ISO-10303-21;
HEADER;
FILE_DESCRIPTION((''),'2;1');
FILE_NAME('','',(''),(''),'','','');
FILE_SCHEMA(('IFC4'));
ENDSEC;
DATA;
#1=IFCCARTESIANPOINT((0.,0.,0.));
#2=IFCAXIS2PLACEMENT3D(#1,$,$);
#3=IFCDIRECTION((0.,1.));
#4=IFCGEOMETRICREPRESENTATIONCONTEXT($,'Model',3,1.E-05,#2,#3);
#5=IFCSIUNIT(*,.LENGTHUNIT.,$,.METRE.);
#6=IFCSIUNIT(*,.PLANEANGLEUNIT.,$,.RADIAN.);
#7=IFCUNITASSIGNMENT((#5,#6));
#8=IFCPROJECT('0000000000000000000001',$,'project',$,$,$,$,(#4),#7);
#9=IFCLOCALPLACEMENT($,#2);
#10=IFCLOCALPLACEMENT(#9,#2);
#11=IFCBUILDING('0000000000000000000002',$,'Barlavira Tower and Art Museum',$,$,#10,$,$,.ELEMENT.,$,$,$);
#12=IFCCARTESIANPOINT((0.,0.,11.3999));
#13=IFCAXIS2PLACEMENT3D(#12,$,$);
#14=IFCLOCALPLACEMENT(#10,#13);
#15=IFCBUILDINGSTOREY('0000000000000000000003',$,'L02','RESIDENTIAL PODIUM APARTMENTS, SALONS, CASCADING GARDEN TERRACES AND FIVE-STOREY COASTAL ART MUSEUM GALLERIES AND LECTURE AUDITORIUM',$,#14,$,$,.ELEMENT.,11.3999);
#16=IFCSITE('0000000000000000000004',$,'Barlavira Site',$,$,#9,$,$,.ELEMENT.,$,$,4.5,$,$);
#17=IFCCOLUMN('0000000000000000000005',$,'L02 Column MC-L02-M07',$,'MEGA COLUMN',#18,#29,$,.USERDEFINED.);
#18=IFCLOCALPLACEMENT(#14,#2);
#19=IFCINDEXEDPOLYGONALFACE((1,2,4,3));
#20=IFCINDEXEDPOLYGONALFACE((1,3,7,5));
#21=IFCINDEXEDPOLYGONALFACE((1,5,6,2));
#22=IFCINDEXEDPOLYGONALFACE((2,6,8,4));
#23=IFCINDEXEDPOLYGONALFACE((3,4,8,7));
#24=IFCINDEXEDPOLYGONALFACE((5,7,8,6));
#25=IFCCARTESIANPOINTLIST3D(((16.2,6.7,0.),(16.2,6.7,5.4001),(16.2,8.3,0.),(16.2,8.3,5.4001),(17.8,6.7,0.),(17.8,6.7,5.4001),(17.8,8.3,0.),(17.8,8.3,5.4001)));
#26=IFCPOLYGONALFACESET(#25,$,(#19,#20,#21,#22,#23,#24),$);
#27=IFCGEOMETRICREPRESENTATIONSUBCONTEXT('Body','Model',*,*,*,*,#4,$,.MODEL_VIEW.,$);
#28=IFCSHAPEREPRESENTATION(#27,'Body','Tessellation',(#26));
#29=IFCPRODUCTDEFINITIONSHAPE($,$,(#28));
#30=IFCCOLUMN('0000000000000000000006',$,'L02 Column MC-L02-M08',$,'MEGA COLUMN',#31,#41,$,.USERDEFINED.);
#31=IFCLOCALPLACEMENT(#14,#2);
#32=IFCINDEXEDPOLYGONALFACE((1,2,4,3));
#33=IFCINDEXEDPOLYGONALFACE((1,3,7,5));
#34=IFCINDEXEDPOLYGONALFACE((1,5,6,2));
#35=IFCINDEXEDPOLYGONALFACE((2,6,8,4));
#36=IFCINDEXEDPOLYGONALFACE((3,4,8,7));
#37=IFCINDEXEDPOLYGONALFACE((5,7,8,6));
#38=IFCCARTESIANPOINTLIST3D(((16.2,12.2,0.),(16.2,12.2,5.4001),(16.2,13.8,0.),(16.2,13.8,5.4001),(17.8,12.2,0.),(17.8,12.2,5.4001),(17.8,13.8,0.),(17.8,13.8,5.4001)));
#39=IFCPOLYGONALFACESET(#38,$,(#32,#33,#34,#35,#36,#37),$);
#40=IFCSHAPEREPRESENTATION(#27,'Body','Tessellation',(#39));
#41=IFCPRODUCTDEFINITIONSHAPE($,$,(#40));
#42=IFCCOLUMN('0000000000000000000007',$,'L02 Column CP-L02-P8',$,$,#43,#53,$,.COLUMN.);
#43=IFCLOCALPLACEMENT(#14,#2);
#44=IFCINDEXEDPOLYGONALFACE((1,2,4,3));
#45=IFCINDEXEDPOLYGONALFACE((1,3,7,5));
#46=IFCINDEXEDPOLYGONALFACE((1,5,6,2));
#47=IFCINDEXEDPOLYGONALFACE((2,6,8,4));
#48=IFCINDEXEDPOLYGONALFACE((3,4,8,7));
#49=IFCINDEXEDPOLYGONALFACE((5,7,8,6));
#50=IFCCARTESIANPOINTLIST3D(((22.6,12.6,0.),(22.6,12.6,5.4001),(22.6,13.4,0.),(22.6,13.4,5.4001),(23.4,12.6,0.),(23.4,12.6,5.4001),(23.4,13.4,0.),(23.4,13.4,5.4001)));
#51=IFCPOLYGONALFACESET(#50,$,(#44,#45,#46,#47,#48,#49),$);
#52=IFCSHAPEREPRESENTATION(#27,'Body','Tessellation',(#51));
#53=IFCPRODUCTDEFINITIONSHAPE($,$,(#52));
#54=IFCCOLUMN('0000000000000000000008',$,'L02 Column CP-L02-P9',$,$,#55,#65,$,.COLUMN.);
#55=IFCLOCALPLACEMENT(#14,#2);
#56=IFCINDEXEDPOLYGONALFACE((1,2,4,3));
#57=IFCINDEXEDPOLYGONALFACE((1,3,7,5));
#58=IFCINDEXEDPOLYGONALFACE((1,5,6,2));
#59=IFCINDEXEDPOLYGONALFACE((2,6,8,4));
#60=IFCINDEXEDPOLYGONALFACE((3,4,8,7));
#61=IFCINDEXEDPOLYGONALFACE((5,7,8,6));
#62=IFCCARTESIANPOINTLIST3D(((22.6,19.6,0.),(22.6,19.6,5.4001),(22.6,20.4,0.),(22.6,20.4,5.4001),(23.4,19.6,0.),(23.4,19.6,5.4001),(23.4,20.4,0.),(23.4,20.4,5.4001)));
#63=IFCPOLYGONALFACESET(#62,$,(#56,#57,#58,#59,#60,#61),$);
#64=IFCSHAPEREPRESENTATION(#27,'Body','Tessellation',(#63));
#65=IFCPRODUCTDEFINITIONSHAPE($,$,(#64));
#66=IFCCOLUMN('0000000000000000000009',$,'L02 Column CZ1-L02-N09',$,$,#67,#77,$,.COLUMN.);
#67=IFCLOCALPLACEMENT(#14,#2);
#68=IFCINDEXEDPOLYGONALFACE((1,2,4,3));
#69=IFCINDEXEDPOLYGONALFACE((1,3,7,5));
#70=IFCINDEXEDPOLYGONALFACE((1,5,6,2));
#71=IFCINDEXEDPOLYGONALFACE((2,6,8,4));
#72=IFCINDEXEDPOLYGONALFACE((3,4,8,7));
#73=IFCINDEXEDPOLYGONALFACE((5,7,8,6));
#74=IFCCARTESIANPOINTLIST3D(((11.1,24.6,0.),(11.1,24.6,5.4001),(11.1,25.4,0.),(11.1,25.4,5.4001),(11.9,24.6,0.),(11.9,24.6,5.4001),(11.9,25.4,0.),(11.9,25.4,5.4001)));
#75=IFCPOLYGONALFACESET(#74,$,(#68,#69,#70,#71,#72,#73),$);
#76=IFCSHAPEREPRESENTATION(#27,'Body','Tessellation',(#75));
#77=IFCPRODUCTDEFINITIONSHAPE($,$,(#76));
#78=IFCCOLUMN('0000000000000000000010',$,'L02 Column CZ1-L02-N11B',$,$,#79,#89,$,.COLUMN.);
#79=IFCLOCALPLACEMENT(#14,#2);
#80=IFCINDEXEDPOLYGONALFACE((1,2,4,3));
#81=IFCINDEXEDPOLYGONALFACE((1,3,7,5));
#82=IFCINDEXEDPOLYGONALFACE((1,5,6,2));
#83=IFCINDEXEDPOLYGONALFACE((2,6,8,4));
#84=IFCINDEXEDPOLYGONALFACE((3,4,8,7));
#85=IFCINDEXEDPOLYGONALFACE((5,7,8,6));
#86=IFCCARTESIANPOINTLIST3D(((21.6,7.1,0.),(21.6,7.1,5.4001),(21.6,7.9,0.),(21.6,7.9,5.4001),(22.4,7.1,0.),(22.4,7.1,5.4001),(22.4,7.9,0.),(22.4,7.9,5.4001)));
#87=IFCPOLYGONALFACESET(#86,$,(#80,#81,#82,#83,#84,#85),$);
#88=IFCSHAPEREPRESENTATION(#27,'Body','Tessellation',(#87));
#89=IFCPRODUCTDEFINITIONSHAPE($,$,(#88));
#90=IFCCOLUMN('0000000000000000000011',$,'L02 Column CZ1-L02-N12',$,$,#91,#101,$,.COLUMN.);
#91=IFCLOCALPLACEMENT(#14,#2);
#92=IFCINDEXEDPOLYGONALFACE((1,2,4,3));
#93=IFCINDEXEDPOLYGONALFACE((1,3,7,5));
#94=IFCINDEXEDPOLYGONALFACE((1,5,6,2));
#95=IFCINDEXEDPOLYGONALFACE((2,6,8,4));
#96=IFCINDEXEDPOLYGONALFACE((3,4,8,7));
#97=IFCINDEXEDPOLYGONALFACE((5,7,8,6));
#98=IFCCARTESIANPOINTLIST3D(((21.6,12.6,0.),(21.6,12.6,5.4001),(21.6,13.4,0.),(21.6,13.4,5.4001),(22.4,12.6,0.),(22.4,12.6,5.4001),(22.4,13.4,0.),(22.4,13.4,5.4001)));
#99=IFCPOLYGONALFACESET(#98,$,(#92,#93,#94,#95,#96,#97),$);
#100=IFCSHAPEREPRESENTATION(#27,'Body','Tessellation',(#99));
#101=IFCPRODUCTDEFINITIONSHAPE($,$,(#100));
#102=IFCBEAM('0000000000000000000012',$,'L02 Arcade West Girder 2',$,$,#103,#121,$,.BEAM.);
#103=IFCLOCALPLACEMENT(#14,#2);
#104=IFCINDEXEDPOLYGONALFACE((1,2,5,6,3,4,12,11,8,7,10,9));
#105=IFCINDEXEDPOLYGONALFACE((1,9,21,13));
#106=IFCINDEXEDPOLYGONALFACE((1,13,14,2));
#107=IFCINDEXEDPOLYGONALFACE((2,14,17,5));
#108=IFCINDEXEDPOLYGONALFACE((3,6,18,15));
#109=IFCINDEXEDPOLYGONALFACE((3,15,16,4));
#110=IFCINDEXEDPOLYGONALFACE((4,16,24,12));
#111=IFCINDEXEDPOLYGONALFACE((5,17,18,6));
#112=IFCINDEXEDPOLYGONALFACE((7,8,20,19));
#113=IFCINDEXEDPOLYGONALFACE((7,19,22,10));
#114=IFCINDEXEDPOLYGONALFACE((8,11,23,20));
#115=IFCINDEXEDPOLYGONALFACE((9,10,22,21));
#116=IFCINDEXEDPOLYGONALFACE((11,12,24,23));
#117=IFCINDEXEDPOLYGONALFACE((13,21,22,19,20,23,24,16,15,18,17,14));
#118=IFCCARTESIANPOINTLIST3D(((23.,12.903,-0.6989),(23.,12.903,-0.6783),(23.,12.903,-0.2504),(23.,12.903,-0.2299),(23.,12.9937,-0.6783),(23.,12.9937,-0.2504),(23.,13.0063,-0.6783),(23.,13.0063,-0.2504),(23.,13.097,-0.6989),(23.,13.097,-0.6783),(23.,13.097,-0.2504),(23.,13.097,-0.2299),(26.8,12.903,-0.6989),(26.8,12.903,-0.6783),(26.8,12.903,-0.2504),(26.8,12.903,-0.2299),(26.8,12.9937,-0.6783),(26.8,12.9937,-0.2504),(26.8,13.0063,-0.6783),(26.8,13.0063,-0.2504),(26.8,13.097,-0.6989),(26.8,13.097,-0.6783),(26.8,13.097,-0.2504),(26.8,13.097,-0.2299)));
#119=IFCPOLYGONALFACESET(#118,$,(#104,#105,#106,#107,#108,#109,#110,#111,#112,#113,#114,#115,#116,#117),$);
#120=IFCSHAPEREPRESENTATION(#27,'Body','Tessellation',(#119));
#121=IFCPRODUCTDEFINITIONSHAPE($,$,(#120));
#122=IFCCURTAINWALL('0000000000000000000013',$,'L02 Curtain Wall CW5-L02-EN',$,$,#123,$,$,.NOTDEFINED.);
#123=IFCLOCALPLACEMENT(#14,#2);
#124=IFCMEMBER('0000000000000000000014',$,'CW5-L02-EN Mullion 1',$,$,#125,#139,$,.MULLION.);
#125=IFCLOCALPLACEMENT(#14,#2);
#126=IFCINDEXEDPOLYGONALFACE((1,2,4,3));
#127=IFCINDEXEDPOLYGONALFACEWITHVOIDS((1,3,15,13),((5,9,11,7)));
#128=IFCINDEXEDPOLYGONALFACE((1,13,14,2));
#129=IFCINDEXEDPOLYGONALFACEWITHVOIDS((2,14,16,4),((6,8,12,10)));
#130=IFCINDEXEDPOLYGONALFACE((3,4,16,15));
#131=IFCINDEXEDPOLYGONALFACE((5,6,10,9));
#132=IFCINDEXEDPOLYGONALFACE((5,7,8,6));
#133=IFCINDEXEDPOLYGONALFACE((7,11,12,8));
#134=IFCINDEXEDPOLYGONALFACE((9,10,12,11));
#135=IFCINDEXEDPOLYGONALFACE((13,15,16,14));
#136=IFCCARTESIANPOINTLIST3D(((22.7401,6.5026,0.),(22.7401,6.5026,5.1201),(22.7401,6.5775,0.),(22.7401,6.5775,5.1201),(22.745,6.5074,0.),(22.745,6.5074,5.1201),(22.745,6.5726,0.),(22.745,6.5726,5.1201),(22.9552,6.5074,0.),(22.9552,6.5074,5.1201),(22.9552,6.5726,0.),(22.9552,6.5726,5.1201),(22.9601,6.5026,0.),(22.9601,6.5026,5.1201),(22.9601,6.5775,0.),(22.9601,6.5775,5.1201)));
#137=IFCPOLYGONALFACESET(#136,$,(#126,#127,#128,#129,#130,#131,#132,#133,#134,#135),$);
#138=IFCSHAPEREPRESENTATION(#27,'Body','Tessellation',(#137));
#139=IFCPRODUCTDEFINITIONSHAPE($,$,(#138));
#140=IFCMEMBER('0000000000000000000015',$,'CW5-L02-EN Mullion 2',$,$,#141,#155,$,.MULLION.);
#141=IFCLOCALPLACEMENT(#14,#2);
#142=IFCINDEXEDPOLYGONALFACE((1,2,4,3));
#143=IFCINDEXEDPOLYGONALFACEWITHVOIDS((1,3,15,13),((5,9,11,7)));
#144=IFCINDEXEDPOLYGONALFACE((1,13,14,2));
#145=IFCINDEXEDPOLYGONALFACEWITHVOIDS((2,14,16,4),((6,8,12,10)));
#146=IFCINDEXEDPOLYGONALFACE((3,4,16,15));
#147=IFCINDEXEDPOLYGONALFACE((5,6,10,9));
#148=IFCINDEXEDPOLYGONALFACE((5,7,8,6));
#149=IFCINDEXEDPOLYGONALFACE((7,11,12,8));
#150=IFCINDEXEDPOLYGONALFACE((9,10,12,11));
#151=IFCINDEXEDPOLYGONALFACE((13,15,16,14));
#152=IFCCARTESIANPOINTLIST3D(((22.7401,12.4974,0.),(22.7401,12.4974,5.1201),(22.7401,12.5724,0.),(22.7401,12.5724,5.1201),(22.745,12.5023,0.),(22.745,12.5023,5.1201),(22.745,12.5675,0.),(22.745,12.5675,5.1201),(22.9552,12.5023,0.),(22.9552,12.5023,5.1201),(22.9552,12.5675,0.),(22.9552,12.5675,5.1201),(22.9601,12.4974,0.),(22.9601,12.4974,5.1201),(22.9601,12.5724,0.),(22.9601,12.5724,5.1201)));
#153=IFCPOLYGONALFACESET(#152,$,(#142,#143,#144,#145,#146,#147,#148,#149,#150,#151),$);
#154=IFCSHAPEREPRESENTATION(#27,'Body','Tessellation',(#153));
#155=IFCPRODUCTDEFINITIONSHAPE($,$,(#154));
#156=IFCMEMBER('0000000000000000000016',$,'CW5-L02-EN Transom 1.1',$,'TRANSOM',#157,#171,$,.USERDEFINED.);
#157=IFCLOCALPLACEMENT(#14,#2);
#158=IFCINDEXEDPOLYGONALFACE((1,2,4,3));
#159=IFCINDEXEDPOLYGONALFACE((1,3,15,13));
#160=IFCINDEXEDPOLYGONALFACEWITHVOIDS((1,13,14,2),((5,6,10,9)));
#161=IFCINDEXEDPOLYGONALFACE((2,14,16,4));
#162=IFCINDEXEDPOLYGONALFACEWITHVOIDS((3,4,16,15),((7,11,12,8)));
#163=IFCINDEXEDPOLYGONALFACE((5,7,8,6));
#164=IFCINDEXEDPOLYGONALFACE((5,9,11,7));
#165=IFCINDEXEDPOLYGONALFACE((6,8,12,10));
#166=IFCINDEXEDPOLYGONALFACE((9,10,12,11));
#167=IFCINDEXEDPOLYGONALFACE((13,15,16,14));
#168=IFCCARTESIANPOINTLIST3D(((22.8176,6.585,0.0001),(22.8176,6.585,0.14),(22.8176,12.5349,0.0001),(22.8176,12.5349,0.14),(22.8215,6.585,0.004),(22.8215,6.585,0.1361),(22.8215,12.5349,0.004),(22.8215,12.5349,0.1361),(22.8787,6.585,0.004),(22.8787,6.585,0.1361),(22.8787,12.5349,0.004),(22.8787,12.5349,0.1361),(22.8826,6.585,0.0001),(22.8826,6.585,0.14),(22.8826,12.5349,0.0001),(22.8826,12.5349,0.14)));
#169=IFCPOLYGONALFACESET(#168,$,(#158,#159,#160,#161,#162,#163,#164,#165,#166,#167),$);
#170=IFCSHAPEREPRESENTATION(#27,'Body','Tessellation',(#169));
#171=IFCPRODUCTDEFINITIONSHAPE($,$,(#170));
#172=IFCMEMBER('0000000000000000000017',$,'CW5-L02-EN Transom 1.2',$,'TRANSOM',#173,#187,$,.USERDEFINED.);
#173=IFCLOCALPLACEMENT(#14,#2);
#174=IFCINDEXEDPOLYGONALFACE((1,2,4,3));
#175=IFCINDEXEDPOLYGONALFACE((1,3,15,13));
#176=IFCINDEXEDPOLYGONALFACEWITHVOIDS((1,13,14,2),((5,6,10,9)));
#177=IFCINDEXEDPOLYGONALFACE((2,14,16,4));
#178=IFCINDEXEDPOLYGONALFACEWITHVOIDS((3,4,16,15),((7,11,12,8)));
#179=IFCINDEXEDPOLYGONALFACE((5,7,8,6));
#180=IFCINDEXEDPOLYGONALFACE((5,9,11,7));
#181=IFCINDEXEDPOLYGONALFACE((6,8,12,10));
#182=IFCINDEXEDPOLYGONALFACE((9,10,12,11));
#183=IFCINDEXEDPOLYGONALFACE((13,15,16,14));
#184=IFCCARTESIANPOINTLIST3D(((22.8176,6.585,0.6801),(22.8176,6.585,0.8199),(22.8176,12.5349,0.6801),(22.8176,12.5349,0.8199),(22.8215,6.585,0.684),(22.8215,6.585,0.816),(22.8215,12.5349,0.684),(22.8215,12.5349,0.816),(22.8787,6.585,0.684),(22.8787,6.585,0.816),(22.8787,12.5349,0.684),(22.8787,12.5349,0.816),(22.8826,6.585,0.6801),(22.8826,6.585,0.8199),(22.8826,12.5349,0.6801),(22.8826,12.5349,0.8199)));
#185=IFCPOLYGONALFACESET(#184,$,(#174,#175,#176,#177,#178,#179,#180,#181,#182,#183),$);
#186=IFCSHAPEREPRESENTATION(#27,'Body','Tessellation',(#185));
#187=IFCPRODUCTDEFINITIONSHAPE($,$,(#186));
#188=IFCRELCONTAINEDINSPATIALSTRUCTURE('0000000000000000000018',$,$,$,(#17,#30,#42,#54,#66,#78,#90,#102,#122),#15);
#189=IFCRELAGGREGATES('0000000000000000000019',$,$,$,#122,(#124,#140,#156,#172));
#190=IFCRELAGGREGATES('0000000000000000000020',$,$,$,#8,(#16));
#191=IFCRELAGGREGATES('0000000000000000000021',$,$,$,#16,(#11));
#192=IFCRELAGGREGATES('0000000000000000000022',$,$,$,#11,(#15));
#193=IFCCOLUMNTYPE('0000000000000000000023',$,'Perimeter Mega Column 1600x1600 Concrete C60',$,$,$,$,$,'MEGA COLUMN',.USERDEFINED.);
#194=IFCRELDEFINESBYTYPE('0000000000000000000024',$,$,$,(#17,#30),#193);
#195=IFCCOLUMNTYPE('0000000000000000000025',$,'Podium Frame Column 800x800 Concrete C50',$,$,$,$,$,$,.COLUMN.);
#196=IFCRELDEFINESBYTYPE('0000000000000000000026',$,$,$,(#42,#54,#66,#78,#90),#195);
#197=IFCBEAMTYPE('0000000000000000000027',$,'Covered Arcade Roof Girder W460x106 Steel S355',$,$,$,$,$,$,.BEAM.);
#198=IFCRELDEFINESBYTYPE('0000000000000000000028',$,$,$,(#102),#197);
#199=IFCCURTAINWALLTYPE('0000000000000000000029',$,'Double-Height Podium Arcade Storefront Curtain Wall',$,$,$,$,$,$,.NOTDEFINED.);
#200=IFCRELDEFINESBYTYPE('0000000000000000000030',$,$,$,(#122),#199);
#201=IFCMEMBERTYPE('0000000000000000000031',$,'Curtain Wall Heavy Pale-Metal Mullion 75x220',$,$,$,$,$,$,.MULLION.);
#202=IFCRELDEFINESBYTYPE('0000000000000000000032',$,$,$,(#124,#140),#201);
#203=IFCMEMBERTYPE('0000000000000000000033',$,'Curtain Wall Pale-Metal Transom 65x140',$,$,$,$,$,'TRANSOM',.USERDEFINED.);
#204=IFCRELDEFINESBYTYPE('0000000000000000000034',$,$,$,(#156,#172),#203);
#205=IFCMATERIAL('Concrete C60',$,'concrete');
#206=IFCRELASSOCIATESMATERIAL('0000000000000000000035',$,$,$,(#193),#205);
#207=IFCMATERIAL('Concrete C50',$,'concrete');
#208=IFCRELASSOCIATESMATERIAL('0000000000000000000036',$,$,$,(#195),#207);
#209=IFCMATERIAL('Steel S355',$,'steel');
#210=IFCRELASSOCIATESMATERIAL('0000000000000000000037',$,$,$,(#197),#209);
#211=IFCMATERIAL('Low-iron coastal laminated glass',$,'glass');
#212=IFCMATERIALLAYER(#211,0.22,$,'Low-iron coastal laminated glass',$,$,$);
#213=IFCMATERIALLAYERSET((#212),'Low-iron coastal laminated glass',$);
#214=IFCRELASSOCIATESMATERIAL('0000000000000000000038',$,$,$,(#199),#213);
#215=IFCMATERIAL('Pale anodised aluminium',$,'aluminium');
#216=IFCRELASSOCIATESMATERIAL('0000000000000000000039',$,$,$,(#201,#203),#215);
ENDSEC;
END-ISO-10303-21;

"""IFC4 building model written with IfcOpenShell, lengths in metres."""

from ifc_helpers import new_model, si_unit, direction, frame, origin, origin_2d, place, context, subcontext, project, spatial, rectangle, hollow_rectangle, i_section, extrude, material, layer, layer_set, material_profile, profile_set, type_object, element, aggregate, save


model = new_model("IFC4")

# Units and contexts
model_context = context("Model", 3, precision=1e-05, world=origin(), true_north=direction((0.0, 1.0)))
body_context = subcontext(model_context, "Body", "Model", "MODEL_VIEW")
ifc_project = project(units=[si_unit("LENGTHUNIT", "METRE"), si_unit("PLANEANGLEUNIT", "RADIAN")], contexts=[model_context])

# Site, building, storey
site_placement = place(None, origin())
site = spatial("IfcSite", under=ifc_project, at=site_placement, Name="Barlavira Site", CompositionType="ELEMENT", RefElevation=4.5)
building_placement = place(site_placement, origin())
building = spatial("IfcBuilding", under=site, at=building_placement, Name="Barlavira Tower and Art Museum", CompositionType="ELEMENT")
storey_placement = place(building_placement, frame((0.0, 0.0, 11.3999)))
storey = spatial("IfcBuildingStorey", under=building, at=storey_placement, Name="L02", Description="RESIDENTIAL PODIUM APARTMENTS, SALONS, CASCADING GARDEN TERRACES AND FIVE-STOREY COASTAL ART MUSEUM GALLERIES AND LECTURE AUDITORIUM", CompositionType="ELEMENT", Elevation=11.3999)

# Columns
ifc_material_1 = material(Name="Concrete C60", Category="concrete")
ifc_material_profile_1 = material_profile(ifc_material_1, rectangle(XDim=1.6001, YDim=1.6001, at=origin_2d()), Name="RC-MCOL 1600x1600")
ifc_profile_set_1 = profile_set([ifc_material_profile_1], Name="Concrete C60")
column_type_1 = type_object("IfcColumnType", Name="Perimeter Mega Column 1600x1600 Concrete C60", ElementType="MEGA COLUMN", PredefinedType="USERDEFINED", material=ifc_profile_set_1)
for number, where, z_axis, x_axis, name in (
    (1, (17.0, 7.5, 0.0), (0.0, 0.0, 1.0), (1.0, 0.0, 0.0), "L02 Column MC-L02-M07"),
    (2, (17.0, 13.0, 0.0), (0.0, 0.0, 1.0), (1.0, 0.0, 0.0), "L02 Column MC-L02-M08"),
):
    element("IfcColumn", number, at=place(storey_placement, frame(where, z_axis=z_axis, x_axis=x_axis)), inside=storey, type_object=column_type_1, Name=name, ObjectType="MEGA COLUMN", PredefinedType="USERDEFINED", context=body_context, shape_type="SweptSolid", body=[
        extrude(rectangle(XDim=1.6001, YDim=1.6001, at=origin_2d()), origin(), (0.0, 0.0, 1.0), 5.4001),
    ])
ifc_material_2 = material(Name="Concrete C50", Category="concrete")
ifc_material_profile_2 = material_profile(ifc_material_2, rectangle(XDim=0.8, YDim=0.8, at=origin_2d()), Name="RC-COL 800x800")
ifc_profile_set_2 = profile_set([ifc_material_profile_2], Name="Concrete C50")
column_type_2 = type_object("IfcColumnType", Name="Podium Frame Column 800x800 Concrete C50", PredefinedType="COLUMN", material=ifc_profile_set_2)
for number, where, z_axis, x_axis, name in (
    (3, (23.0, 13.0, 0.0), (0.0, 0.0, 1.0), (1.0, 0.0, 0.0), "L02 Column CP-L02-P8"),
    (4, (23.0, 20.0, 0.0), (0.0, 0.0, 1.0), (1.0, 0.0, 0.0), "L02 Column CP-L02-P9"),
    (5, (11.5, 25.0, 0.0), (0.0, 0.0, 1.0), (1.0, 0.0, 0.0), "L02 Column CZ1-L02-N09"),
    (6, (22.0, 7.5, 0.0), (0.0, 0.0, 1.0), (1.0, 0.0, 0.0), "L02 Column CZ1-L02-N11B"),
    (7, (22.0, 13.0, 0.0), (0.0, 0.0, 1.0), (1.0, 0.0, 0.0), "L02 Column CZ1-L02-N12"),
):
    element("IfcColumn", number, at=place(storey_placement, frame(where, z_axis=z_axis, x_axis=x_axis)), inside=storey, type_object=column_type_2, Name=name, PredefinedType="COLUMN", context=body_context, shape_type="SweptSolid", body=[
        extrude(rectangle(XDim=0.8, YDim=0.8, at=origin_2d()), origin(), (0.0, 0.0, 1.0), 5.4001),
    ])

# Beam
ifc_material_3 = material(Name="Steel S355", Category="steel")
ifc_material_profile_3 = material_profile(ifc_material_3, i_section(OverallWidth=0.1941, OverallDepth=0.469, WebThickness=0.0127, FlangeThickness=0.0205, at=origin_2d()), Name="W460x106.0")
ifc_profile_set_3 = profile_set([ifc_material_profile_3], Name="Steel S355")
beam_type_1 = type_object("IfcBeamType", Name="Covered Arcade Roof Girder W460x106 Steel S355", PredefinedType="BEAM", material=ifc_profile_set_3)
beam_1_placement = place(storey_placement, frame((23.0, 13.0, -0.4644), z_axis=(1.0, 0.0, 0.0), x_axis=(0.0, 1.0, 0.0)))
element("IfcBeam", 8, at=beam_1_placement, inside=storey, type_object=beam_type_1, Name="L02 Arcade West Girder 2", PredefinedType="BEAM", context=body_context, shape_type="SweptSolid", body=[
    extrude(i_section(OverallWidth=0.1941, OverallDepth=0.469, WebThickness=0.0127, FlangeThickness=0.0205, at=origin_2d()), origin(), (0.0, 0.0, 1.0), 3.8),
])

# Curtain wall, members
ifc_material_4 = material(Name="Low-iron coastal laminated glass", Category="glass")
ifc_layer_1 = layer(ifc_material_4, 0.22, Name="Low-iron coastal laminated glass")
ifc_layer_set_1 = layer_set([ifc_layer_1], Name="Low-iron coastal laminated glass")
curtain_wall_type = type_object("IfcCurtainWallType", Name="Double-Height Podium Arcade Storefront Curtain Wall", PredefinedType="NOTDEFINED", material=ifc_layer_set_1)
curtain_wall_placement = place(storey_placement, origin())
curtain_wall = element("IfcCurtainWall", 9, at=curtain_wall_placement, inside=storey, type_object=curtain_wall_type, Name="L02 Curtain Wall CW5-L02-EN", PredefinedType="NOTDEFINED")
ifc_material_5 = material(Name="Pale anodised aluminium", Category="aluminium")
ifc_material_profile_4 = material_profile(ifc_material_5, hollow_rectangle(XDim=0.075, YDim=0.22, WallThickness=0.0049, at=origin_2d()), Name="ALU-MULL 75x220x5")
ifc_profile_set_4 = profile_set([ifc_material_profile_4], Name="Pale anodised aluminium")
member_type_1 = type_object("IfcMemberType", Name="Curtain Wall Heavy Pale-Metal Mullion 75x220", PredefinedType="MULLION", material=ifc_profile_set_4)
member_1_placement = place(storey_placement, frame((22.8501, 6.54, 0.0), z_axis=(0.0, 0.0, 1.0), x_axis=(0.0, 1.0, 0.0)))
member_1 = element("IfcMember", 10, at=member_1_placement, type_object=member_type_1, Name="CW5-L02-EN Mullion 1", PredefinedType="MULLION", context=body_context, shape_type="SweptSolid", body=[
    extrude(hollow_rectangle(XDim=0.075, YDim=0.22, WallThickness=0.0049, at=origin_2d()), origin(), (0.0, 0.0, 1.0), 5.1201),
])
member_2_placement = place(storey_placement, frame((22.8501, 12.5349, 0.0), z_axis=(0.0, 0.0, 1.0), x_axis=(0.0, 1.0, 0.0)))
member_2 = element("IfcMember", 11, at=member_2_placement, type_object=member_type_1, Name="CW5-L02-EN Mullion 2", PredefinedType="MULLION", context=body_context, shape_type="SweptSolid", body=[
    extrude(hollow_rectangle(XDim=0.075, YDim=0.22, WallThickness=0.0049, at=origin_2d()), origin(), (0.0, 0.0, 1.0), 5.1201),
])
ifc_material_profile_5 = material_profile(ifc_material_5, hollow_rectangle(XDim=0.0649, YDim=0.1399, WallThickness=0.0039, at=origin_2d()), Name="ALU-TRAN 65x140x4")
ifc_profile_set_5 = profile_set([ifc_material_profile_5], Name="Pale anodised aluminium")
member_type_2 = type_object("IfcMemberType", Name="Curtain Wall Pale-Metal Transom 65x140", ElementType="TRANSOM", PredefinedType="USERDEFINED", material=ifc_profile_set_5)
member_3_placement = place(storey_placement, frame((22.8501, 6.585, 0.0701), z_axis=(0.0, 1.0, 0.0), x_axis=(-1.0, 0.0, 0.0)))
member_3 = element("IfcMember", 12, at=member_3_placement, type_object=member_type_2, Name="CW5-L02-EN Transom 1.1", ObjectType="TRANSOM", PredefinedType="USERDEFINED", context=body_context, shape_type="SweptSolid", body=[
    extrude(hollow_rectangle(XDim=0.0649, YDim=0.1399, WallThickness=0.0039, at=origin_2d()), origin(), (0.0, 0.0, 1.0), 5.95),
])
member_4_placement = place(storey_placement, frame((22.8501, 6.585, 0.75), z_axis=(0.0, 1.0, 0.0), x_axis=(-1.0, 0.0, 0.0)))
member_4 = element("IfcMember", 13, at=member_4_placement, type_object=member_type_2, Name="CW5-L02-EN Transom 1.2", ObjectType="TRANSOM", PredefinedType="USERDEFINED", context=body_context, shape_type="SweptSolid", body=[
    extrude(hollow_rectangle(XDim=0.0649, YDim=0.1399, WallThickness=0.0039, at=origin_2d()), origin(), (0.0, 0.0, 1.0), 5.95),
])

aggregate(curtain_wall, [member_1, member_2, member_3, member_4])

save(model, "model.ifc")
